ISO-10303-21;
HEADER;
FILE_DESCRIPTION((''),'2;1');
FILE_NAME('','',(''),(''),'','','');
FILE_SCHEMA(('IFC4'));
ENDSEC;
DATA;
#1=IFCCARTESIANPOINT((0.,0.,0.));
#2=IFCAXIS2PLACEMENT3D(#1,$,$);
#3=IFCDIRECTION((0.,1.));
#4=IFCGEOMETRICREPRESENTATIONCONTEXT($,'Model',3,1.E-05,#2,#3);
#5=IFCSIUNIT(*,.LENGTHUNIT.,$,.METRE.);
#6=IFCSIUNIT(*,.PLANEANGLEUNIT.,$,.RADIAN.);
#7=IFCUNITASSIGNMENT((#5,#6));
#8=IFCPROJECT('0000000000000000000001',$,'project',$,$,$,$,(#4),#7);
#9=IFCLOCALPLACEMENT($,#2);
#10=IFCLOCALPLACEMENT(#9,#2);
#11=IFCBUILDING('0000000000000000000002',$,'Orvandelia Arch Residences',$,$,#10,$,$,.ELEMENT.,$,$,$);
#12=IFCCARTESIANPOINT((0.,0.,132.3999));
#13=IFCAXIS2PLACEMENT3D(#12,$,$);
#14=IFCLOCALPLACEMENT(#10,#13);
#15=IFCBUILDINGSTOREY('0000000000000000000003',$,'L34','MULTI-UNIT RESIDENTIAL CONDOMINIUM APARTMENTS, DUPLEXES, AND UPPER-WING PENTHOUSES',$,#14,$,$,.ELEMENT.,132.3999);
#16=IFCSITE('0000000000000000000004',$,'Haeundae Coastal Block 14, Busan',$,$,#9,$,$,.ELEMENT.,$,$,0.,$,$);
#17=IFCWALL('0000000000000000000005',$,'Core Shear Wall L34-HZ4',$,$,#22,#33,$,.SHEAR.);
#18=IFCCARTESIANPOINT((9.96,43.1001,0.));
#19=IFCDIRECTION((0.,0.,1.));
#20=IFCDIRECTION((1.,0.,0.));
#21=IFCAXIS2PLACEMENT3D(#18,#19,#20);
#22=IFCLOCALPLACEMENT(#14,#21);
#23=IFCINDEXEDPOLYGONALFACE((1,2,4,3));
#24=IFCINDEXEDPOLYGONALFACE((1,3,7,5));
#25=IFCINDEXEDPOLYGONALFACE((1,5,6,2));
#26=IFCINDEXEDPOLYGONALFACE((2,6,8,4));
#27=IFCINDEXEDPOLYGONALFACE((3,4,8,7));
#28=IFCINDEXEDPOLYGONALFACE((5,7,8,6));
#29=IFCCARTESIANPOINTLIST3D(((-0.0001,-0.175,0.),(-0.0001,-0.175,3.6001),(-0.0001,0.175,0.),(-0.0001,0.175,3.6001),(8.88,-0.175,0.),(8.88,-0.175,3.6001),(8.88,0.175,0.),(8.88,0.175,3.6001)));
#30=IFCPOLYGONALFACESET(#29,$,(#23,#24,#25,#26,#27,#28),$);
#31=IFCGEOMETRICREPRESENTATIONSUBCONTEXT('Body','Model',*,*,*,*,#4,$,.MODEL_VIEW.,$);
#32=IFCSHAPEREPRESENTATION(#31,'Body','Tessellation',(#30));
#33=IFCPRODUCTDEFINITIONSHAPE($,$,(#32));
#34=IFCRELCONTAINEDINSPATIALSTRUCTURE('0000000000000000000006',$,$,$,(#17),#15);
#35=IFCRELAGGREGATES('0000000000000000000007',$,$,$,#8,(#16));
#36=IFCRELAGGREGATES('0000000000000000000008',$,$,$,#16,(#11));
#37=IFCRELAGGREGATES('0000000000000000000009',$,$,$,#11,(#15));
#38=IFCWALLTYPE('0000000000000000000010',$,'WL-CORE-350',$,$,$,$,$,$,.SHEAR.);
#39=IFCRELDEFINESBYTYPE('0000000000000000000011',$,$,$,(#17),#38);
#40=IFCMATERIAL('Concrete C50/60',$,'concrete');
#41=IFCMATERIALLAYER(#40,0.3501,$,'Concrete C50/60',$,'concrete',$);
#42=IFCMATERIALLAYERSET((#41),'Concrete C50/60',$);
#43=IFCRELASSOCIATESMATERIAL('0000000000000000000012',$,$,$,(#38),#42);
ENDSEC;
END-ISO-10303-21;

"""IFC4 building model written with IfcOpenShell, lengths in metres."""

from ifc_helpers import new_model, si_unit, direction, frame, frame_2d, origin, place, context, subcontext, project, spatial, rectangle, extrude, material, layer, layer_set, type_object, element, save


model = new_model("IFC4")

# Units and contexts
model_context = context("Model", 3, precision=1e-05, world=origin(), true_north=direction((0.0, 1.0)))
body_context = subcontext(model_context, "Body", "Model", "MODEL_VIEW")
ifc_project = project(units=[si_unit("LENGTHUNIT", "METRE"), si_unit("PLANEANGLEUNIT", "RADIAN")], contexts=[model_context])

# Site, building, storey
site_placement = place(None, origin())
site = spatial("IfcSite", under=ifc_project, at=site_placement, Name="Haeundae Coastal Block 14, Busan", CompositionType="ELEMENT", RefElevation=0.0)
building_placement = place(site_placement, origin())
building = spatial("IfcBuilding", under=site, at=building_placement, Name="Orvandelia Arch Residences", CompositionType="ELEMENT")
storey_placement = place(building_placement, frame((0.0, 0.0, 132.3999)))
storey = spatial("IfcBuildingStorey", under=building, at=storey_placement, Name="L34", Description="MULTI-UNIT RESIDENTIAL CONDOMINIUM APARTMENTS, DUPLEXES, AND UPPER-WING PENTHOUSES", CompositionType="ELEMENT", Elevation=132.3999)

# Wall
ifc_material_1 = material(Name="Concrete C50/60", Category="concrete")
ifc_layer_1 = layer(ifc_material_1, 0.3501, Name="Concrete C50/60", Category="concrete")
ifc_layer_set_1 = layer_set([ifc_layer_1], Name="Concrete C50/60")
wall_type_1 = type_object("IfcWallType", Name="WL-CORE-350", PredefinedType="SHEAR", material=ifc_layer_set_1)
wall_1_placement = place(storey_placement, frame((9.96, 43.1001, 0.0), z_axis=(0.0, 0.0, 1.0), x_axis=(1.0, 0.0, 0.0)))
element("IfcWall", 1, at=wall_1_placement, inside=storey, type_object=wall_type_1, Name="Core Shear Wall L34-HZ4", PredefinedType="SHEAR", context=body_context, shape_type="SweptSolid", body=[
    extrude(rectangle(XDim=8.8801, YDim=0.3501, at=frame_2d((4.4399, 0.0))), origin(), (0.0, 0.0, 1.0), 3.6001),
])

save(model, "model.ifc")
